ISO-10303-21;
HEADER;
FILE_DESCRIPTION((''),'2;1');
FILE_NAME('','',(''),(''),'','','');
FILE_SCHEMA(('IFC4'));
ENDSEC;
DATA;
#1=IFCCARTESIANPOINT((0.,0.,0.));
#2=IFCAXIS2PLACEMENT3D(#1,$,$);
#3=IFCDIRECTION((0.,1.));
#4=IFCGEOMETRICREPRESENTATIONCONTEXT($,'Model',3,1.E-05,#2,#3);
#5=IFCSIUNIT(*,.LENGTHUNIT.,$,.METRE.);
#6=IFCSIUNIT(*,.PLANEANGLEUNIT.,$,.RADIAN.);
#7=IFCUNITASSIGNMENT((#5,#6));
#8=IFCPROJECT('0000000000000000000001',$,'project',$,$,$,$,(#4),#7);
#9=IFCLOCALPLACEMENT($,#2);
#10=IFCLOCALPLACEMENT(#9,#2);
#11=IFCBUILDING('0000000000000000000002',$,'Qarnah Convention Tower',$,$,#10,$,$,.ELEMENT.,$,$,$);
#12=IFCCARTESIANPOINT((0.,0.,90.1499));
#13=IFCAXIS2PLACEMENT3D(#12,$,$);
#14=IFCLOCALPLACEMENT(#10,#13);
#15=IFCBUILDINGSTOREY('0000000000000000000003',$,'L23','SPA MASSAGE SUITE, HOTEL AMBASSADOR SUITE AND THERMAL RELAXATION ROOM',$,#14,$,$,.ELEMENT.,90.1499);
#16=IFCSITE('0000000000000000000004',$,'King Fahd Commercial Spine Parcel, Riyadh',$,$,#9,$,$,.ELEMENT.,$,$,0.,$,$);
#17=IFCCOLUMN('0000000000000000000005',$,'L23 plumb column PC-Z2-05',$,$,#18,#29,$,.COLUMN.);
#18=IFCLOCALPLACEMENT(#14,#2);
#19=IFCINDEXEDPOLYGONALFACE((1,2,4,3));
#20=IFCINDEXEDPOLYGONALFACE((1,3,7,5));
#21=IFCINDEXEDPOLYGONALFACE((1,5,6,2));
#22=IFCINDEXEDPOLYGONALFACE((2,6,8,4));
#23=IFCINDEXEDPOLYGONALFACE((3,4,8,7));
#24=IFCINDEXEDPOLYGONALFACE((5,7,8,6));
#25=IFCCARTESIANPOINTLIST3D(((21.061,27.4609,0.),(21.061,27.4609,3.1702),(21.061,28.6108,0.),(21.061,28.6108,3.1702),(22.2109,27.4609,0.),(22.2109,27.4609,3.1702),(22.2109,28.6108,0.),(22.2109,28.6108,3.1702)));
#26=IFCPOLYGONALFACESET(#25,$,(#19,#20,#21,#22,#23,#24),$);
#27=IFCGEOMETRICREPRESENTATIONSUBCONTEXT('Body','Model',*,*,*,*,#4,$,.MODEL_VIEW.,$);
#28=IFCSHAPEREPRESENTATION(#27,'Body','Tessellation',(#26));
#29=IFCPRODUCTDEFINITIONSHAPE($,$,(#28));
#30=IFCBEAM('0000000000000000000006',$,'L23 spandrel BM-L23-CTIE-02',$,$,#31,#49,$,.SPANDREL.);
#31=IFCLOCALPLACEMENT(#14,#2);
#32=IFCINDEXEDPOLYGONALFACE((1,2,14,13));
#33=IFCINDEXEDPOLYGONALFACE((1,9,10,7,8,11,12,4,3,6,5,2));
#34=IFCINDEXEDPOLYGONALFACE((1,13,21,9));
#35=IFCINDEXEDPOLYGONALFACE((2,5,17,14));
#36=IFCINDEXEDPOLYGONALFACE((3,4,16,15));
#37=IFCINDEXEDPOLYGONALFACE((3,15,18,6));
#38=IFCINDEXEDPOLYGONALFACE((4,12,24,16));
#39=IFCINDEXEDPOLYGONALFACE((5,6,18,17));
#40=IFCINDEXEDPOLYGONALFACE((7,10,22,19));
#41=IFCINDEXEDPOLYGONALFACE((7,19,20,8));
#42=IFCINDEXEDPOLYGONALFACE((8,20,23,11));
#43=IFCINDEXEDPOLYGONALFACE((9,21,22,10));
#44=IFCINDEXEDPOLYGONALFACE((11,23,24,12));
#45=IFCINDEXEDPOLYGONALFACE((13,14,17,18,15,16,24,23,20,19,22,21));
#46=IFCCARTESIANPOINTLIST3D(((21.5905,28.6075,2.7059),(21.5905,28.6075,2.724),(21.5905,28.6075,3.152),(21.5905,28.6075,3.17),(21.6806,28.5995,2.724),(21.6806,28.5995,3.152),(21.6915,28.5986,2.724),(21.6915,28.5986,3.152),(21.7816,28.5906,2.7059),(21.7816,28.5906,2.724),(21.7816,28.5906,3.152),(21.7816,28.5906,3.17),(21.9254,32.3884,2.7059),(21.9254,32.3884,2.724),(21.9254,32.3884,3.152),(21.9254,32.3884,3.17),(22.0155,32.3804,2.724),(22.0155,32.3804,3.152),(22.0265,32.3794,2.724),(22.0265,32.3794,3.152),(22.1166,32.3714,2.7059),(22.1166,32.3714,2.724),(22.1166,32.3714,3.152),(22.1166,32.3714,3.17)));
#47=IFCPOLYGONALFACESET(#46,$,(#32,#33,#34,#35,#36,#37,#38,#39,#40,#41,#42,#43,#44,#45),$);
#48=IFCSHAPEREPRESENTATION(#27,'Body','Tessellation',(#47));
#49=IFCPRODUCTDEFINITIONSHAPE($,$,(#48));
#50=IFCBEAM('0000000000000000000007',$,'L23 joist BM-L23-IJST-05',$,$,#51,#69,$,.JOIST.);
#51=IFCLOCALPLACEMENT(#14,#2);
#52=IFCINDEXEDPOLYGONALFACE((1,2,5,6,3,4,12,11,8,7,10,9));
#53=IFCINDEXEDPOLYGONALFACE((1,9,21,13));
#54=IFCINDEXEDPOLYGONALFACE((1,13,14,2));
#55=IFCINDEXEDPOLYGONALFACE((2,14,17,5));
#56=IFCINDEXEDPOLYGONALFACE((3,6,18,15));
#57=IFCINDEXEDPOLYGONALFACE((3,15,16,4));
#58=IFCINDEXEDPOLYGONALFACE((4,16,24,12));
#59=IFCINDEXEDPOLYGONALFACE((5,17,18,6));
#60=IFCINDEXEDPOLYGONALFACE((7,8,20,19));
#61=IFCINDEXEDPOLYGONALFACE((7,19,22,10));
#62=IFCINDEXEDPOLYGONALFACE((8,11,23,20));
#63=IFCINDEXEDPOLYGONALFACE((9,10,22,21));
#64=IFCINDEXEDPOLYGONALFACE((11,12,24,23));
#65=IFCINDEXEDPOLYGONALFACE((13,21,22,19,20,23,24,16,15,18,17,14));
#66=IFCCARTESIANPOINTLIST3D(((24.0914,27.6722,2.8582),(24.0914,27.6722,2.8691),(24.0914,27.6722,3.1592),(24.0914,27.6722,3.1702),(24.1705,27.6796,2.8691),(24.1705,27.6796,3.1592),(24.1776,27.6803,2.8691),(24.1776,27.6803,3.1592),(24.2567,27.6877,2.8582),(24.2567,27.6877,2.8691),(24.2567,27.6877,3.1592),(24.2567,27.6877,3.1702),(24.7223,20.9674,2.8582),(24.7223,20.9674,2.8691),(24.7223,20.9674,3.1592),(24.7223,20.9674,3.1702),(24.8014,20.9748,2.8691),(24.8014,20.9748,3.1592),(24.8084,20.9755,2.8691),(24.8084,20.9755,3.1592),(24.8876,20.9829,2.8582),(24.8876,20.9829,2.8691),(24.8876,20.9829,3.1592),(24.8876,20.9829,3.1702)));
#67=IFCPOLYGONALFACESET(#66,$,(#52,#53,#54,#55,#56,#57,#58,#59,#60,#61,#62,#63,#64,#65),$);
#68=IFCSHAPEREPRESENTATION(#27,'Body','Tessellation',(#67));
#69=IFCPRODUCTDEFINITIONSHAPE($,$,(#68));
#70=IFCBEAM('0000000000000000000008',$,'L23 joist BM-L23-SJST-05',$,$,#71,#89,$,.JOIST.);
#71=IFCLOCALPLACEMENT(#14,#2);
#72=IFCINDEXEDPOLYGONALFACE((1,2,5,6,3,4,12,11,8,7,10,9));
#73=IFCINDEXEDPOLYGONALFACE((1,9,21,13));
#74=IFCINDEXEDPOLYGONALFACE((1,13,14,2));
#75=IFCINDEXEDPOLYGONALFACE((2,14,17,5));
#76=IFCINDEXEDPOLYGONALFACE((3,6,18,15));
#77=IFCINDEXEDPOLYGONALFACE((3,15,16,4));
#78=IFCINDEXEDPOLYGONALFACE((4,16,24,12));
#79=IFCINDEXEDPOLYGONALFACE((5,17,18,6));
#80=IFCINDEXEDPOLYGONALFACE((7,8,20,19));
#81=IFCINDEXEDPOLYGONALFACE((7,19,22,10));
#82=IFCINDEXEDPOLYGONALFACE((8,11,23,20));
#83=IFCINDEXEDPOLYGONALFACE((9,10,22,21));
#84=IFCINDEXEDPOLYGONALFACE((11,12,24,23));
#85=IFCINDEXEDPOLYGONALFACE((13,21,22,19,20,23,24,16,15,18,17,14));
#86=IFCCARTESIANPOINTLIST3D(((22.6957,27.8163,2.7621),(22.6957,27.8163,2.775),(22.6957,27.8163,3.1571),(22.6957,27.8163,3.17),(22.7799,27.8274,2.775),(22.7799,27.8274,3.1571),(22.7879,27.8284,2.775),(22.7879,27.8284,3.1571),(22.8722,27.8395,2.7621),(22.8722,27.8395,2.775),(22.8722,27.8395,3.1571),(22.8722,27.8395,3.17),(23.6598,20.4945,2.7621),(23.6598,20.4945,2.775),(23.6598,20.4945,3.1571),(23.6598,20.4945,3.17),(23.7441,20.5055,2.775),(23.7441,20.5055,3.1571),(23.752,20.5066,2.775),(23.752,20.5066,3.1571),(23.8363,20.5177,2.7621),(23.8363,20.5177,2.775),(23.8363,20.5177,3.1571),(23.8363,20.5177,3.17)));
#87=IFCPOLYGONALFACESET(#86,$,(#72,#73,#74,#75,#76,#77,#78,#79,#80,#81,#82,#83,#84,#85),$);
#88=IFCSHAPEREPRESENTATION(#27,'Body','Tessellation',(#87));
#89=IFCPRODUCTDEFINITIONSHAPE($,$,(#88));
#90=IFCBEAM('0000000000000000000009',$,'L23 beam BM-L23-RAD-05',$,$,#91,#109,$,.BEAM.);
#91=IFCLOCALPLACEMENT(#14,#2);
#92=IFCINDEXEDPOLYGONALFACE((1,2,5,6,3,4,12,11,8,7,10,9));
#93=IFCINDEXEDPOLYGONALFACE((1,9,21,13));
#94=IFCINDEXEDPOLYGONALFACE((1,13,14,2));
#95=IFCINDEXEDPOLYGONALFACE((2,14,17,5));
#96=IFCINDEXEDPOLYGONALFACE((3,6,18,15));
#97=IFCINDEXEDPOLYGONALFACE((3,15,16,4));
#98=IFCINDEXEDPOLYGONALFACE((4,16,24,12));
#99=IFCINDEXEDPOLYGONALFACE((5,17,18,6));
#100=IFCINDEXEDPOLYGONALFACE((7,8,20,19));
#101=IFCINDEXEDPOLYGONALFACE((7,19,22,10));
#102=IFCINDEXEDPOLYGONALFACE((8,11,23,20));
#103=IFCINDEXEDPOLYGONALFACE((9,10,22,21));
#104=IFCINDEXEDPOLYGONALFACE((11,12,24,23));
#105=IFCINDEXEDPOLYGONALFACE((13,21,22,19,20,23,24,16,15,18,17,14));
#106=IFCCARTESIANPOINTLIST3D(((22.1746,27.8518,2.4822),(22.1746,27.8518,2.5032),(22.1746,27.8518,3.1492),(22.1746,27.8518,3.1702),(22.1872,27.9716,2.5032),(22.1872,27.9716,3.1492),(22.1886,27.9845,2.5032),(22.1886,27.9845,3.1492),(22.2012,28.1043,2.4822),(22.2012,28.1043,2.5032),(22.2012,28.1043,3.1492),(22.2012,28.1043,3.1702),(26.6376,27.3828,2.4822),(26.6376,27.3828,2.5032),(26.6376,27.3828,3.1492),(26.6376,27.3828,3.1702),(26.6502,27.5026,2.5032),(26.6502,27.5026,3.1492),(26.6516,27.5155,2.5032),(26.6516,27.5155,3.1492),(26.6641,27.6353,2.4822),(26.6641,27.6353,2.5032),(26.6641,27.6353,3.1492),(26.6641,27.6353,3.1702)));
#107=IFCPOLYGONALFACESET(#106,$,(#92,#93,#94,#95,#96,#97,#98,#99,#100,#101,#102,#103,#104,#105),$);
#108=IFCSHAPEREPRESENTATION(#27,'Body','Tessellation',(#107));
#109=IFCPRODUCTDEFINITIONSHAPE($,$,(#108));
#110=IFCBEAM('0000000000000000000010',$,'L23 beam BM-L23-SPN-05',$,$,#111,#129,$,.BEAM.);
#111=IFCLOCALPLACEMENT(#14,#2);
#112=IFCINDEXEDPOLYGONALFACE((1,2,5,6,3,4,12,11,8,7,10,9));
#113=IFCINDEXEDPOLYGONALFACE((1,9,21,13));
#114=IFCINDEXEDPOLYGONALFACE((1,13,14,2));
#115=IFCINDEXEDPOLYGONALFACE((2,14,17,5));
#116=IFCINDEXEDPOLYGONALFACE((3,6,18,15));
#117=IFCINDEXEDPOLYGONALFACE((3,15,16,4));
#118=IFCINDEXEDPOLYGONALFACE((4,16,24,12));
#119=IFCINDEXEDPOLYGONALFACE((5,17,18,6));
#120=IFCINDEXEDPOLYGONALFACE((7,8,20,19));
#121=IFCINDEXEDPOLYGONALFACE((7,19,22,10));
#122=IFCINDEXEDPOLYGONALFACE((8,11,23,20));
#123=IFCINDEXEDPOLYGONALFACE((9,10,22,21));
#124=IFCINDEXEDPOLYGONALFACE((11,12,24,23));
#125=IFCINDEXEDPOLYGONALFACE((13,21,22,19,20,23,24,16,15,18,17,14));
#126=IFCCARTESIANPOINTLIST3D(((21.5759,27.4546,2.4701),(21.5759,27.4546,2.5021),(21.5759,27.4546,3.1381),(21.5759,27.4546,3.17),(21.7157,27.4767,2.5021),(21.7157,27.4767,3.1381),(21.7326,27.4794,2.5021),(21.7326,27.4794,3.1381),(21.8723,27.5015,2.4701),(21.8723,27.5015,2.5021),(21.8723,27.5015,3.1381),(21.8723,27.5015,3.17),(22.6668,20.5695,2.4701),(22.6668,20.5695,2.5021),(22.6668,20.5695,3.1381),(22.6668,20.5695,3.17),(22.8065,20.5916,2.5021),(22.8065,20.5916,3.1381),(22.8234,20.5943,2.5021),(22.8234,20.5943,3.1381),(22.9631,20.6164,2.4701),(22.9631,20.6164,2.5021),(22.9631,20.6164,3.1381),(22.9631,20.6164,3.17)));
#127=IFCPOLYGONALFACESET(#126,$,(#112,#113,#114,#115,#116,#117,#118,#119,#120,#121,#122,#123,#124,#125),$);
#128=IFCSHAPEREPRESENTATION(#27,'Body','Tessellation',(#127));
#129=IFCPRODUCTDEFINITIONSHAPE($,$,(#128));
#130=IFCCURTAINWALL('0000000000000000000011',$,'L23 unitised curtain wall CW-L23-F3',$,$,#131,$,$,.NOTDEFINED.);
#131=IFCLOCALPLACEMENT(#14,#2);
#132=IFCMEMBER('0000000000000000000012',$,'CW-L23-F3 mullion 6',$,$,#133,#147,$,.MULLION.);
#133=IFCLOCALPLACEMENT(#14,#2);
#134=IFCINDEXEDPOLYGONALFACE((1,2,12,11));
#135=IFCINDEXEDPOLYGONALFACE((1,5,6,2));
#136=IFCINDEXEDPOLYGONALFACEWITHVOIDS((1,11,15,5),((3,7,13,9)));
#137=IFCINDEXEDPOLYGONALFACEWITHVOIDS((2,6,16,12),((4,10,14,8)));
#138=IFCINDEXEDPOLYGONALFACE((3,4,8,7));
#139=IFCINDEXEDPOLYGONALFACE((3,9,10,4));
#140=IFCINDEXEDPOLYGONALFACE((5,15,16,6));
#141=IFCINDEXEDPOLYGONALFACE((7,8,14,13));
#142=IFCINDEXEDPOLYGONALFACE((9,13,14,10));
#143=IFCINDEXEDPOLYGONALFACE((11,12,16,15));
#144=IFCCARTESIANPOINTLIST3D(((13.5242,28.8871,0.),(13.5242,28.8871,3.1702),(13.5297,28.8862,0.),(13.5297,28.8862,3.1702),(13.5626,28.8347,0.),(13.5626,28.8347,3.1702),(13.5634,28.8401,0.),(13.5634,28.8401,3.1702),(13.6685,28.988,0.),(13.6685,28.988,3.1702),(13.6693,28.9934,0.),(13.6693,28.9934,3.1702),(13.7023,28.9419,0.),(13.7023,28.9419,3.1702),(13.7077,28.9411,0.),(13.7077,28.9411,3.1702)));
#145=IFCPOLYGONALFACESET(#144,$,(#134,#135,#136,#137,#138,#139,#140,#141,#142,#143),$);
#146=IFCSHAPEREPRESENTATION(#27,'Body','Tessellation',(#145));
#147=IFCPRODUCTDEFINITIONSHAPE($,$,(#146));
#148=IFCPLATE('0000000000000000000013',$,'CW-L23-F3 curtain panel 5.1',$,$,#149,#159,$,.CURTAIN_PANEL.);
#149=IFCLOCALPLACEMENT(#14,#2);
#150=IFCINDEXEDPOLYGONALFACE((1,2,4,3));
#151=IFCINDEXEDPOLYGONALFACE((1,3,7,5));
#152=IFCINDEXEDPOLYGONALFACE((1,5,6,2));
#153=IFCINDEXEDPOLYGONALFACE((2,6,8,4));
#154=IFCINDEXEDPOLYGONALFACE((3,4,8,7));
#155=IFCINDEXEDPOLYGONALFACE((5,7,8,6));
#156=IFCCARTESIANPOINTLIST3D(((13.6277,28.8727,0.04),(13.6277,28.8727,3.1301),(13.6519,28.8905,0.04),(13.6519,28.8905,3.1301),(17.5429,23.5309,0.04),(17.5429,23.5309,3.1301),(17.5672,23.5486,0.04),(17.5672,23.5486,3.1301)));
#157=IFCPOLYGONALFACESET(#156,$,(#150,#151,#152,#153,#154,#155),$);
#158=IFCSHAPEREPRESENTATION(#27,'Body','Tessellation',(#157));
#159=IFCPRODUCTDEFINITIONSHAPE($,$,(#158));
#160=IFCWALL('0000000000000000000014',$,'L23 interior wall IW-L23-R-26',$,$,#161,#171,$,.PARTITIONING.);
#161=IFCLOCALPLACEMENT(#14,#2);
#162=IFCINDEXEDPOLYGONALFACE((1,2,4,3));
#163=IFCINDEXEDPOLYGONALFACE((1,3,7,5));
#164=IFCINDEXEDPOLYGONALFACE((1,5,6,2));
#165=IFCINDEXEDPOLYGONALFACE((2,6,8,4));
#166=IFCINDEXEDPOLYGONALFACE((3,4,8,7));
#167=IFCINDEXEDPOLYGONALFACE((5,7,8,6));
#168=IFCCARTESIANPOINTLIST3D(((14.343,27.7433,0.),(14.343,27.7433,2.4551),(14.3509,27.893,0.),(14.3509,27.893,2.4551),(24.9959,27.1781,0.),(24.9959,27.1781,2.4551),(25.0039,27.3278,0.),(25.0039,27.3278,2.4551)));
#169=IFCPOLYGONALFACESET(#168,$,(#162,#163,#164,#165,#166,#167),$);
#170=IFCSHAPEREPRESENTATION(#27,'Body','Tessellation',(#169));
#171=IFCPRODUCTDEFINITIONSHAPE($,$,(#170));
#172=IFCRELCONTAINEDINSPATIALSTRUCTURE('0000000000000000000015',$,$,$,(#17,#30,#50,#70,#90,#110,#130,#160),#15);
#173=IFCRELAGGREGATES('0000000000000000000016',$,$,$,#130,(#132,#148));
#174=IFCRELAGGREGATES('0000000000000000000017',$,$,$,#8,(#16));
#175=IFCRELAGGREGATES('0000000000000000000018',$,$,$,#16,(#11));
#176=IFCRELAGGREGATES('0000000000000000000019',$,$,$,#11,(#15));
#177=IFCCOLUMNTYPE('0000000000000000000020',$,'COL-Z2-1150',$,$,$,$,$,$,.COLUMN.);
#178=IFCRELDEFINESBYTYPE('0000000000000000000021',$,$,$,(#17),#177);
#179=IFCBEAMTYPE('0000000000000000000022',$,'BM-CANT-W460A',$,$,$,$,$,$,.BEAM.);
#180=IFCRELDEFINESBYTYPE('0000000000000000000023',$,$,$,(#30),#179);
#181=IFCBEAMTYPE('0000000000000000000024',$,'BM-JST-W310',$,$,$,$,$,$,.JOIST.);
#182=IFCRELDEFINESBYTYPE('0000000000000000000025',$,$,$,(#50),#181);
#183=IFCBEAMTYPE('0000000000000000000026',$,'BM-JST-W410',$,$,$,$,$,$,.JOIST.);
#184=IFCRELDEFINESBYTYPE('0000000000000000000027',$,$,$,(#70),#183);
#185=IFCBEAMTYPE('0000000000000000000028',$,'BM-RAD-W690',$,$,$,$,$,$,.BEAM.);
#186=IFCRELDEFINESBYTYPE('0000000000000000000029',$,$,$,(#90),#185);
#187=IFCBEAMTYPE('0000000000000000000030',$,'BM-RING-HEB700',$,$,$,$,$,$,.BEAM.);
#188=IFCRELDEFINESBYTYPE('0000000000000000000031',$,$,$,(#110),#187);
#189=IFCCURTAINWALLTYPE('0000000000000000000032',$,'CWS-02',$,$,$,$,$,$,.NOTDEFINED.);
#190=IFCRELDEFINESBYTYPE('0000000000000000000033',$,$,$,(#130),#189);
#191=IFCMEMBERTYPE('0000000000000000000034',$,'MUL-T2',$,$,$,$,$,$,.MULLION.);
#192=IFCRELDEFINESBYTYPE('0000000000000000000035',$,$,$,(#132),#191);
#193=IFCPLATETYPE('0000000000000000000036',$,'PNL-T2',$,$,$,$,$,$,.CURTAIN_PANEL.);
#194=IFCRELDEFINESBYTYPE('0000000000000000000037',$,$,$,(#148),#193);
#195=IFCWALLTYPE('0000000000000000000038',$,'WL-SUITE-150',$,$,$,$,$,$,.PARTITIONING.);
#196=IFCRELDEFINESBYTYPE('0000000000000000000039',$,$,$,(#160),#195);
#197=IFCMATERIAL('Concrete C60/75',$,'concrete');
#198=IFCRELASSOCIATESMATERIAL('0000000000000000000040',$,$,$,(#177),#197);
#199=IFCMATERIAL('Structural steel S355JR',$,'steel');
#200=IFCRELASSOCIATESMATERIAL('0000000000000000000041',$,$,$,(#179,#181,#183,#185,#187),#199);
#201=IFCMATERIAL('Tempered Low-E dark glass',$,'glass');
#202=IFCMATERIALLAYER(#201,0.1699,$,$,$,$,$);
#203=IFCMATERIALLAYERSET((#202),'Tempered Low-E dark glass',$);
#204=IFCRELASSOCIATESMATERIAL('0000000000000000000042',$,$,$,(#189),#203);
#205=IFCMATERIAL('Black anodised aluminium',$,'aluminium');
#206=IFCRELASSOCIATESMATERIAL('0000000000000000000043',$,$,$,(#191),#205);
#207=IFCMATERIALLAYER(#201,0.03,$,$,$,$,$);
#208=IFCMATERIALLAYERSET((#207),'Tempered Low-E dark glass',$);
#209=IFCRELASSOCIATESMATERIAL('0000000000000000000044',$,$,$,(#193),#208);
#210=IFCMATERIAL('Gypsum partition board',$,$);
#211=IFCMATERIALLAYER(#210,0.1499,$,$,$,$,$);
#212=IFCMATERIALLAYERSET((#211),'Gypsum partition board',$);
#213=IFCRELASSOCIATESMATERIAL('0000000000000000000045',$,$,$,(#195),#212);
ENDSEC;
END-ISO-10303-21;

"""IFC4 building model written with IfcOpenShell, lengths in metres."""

from ifc_helpers import new_model, si_unit, direction, frame, frame_2d, origin, origin_2d, place, context, subcontext, project, spatial, rectangle, hollow_rectangle, i_section, extrude, material, layer, layer_set, material_profile, profile_set, type_object, element, aggregate, save


model = new_model("IFC4")

# Units and contexts
model_context = context("Model", 3, precision=1e-05, world=origin(), true_north=direction((0.0, 1.0)))
body_context = subcontext(model_context, "Body", "Model", "MODEL_VIEW")
ifc_project = project(units=[si_unit("LENGTHUNIT", "METRE"), si_unit("PLANEANGLEUNIT", "RADIAN")], contexts=[model_context])

# Site, building, storey
site_placement = place(None, origin())
site = spatial("IfcSite", under=ifc_project, at=site_placement, Name="King Fahd Commercial Spine Parcel, Riyadh", CompositionType="ELEMENT", RefElevation=0.0)
building_placement = place(site_placement, origin())
building = spatial("IfcBuilding", under=site, at=building_placement, Name="Qarnah Convention Tower", CompositionType="ELEMENT")
storey_placement = place(building_placement, frame((0.0, 0.0, 90.1499)))
storey = spatial("IfcBuildingStorey", under=building, at=storey_placement, Name="L23", Description="SPA MASSAGE SUITE, HOTEL AMBASSADOR SUITE AND THERMAL RELAXATION ROOM", CompositionType="ELEMENT", Elevation=90.1499)

# Column
ifc_material_1 = material(Name="Concrete C60/75", Category="concrete")
ifc_material_profile_1 = material_profile(ifc_material_1, rectangle(XDim=1.1499, YDim=1.1499, at=origin_2d()), Name="RC-COL-1150X1150")
ifc_profile_set_1 = profile_set([ifc_material_profile_1], Name="Concrete C60/75")
column_type = type_object("IfcColumnType", Name="COL-Z2-1150", PredefinedType="COLUMN", material=ifc_profile_set_1)
column_placement = place(storey_placement, frame((21.636, 28.0359, 0.0), z_axis=(0.0, 0.0, 1.0), x_axis=(1.0, 0.0, 0.0)))
element("IfcColumn", 1, at=column_placement, inside=storey, type_object=column_type, Name="L23 plumb column PC-Z2-05", PredefinedType="COLUMN", context=body_context, shape_type="SweptSolid", body=[
    extrude(rectangle(XDim=1.1499, YDim=1.1499, at=origin_2d()), origin(), (0.0, 0.0, 1.0), 3.1702),
])

# Beams
ifc_material_2 = material(Name="Structural steel S355JR", Category="steel")
ifc_material_profile_2 = material_profile(ifc_material_2, i_section(OverallWidth=0.1919, OverallDepth=0.4641, WebThickness=0.011, FlangeThickness=0.0181, at=origin_2d()), Name="W460X89")
ifc_profile_set_2 = profile_set([ifc_material_profile_2], Name="Structural steel S355JR")
beam_type_1 = type_object("IfcBeamType", Name="BM-CANT-W460A", PredefinedType="BEAM", material=ifc_profile_set_2)
beam_1_placement = place(storey_placement, frame((22.021, 32.3799, 2.938), z_axis=(-0.08825, -0.996098, 0.0), x_axis=(0.996098, -0.08825, 0.0)))
element("IfcBeam", 2, at=beam_1_placement, inside=storey, type_object=beam_type_1, Name="L23 spandrel BM-L23-CTIE-02", PredefinedType="SPANDREL", context=body_context, shape_type="SweptSolid", body=[
    extrude(i_section(OverallWidth=0.1919, OverallDepth=0.4641, WebThickness=0.011, FlangeThickness=0.0181, at=origin_2d()), origin(), (0.0, 0.0, 1.0), 3.7957),
])
ifc_material_profile_3 = material_profile(ifc_material_2, i_section(OverallWidth=0.166, OverallDepth=0.312, WebThickness=0.0071, FlangeThickness=0.011, at=origin_2d()), Name="W310X45")
ifc_profile_set_3 = profile_set([ifc_material_profile_3], Name="Structural steel S355JR")
beam_type_2 = type_object("IfcBeamType", Name="BM-JST-W310", PredefinedType="JOIST", material=ifc_profile_set_3)
beam_2_placement = place(storey_placement, frame((24.1741, 27.6799, 3.0142), z_axis=(0.093676, -0.995603, 0.0), x_axis=(0.995603, 0.093676, 0.0)))
element("IfcBeam", 3, at=beam_2_placement, inside=storey, type_object=beam_type_2, Name="L23 joist BM-L23-IJST-05", PredefinedType="JOIST", context=body_context, shape_type="SweptSolid", body=[
    extrude(i_section(OverallWidth=0.166, OverallDepth=0.312, WebThickness=0.0071, FlangeThickness=0.011, at=origin_2d()), origin(), (0.0, 0.0, 1.0), 6.7344),
])
ifc_material_profile_4 = material_profile(ifc_material_2, i_section(OverallWidth=0.178, OverallDepth=0.408, WebThickness=0.0081, FlangeThickness=0.0129, at=origin_2d()), Name="W410X60")
ifc_profile_set_4 = profile_set([ifc_material_profile_4], Name="Structural steel S355JR")
beam_type_3 = type_object("IfcBeamType", Name="BM-JST-W410", PredefinedType="JOIST", material=ifc_profile_set_4)
beam_3_placement = place(storey_placement, frame((22.7839, 27.8279, 2.9661), z_axis=(0.13055, -0.991442, 0.0), x_axis=(0.991442, 0.13055, 0.0)))
element("IfcBeam", 4, at=beam_3_placement, inside=storey, type_object=beam_type_3, Name="L23 joist BM-L23-SJST-05", PredefinedType="JOIST", context=body_context, shape_type="SweptSolid", body=[
    extrude(i_section(OverallWidth=0.178, OverallDepth=0.408, WebThickness=0.0081, FlangeThickness=0.0129, at=origin_2d()), origin(), (0.0, 0.0, 1.0), 7.385),
])
ifc_material_profile_5 = material_profile(ifc_material_2, i_section(OverallWidth=0.2539, OverallDepth=0.688, WebThickness=0.0129, FlangeThickness=0.021, at=origin_2d()), Name="W690X152")
ifc_profile_set_5 = profile_set([ifc_material_profile_5], Name="Structural steel S355JR")
beam_type_4 = type_object("IfcBeamType", Name="BM-RAD-W690", PredefinedType="BEAM", material=ifc_profile_set_5)
beam_4_placement = place(storey_placement, frame((26.6509, 27.509, 2.8262), z_axis=(-0.994524, 0.104512, 0.0), x_axis=(-0.104512, -0.994524, 0.0)))
element("IfcBeam", 5, at=beam_4_placement, inside=storey, type_object=beam_type_4, Name="L23 beam BM-L23-RAD-05", PredefinedType="BEAM", context=body_context, shape_type="SweptSolid", body=[
    extrude(i_section(OverallWidth=0.2539, OverallDepth=0.688, WebThickness=0.0129, FlangeThickness=0.021, at=origin_2d()), origin(), (0.0, 0.0, 1.0), 4.4875),
])
ifc_material_profile_6 = material_profile(ifc_material_2, i_section(OverallWidth=0.3, OverallDepth=0.7, WebThickness=0.0171, FlangeThickness=0.032, at=origin_2d()), Name="HEB700")
ifc_profile_set_6 = profile_set([ifc_material_profile_6], Name="Structural steel S355JR")
beam_type_5 = type_object("IfcBeamType", Name="BM-RING-HEB700", PredefinedType="BEAM", material=ifc_profile_set_6)
beam_5_placement = place(storey_placement, frame((21.7241, 27.478, 2.8201), z_axis=(0.156482, -0.987681, 0.0), x_axis=(0.987681, 0.156482, 0.0)))
element("IfcBeam", 6, at=beam_5_placement, inside=storey, type_object=beam_type_5, Name="L23 beam BM-L23-SPN-05", PredefinedType="BEAM", context=body_context, shape_type="SweptSolid", body=[
    extrude(i_section(OverallWidth=0.3, OverallDepth=0.7, WebThickness=0.0171, FlangeThickness=0.032, at=origin_2d()), origin(), (0.0, 0.0, 1.0), 6.9709),
])

# Curtain wall, member, plate
ifc_material_3 = material(Name="Tempered Low-E dark glass", Category="glass")
ifc_layer_1 = layer(ifc_material_3, 0.1699)
ifc_layer_set_1 = layer_set([ifc_layer_1], Name="Tempered Low-E dark glass")
curtain_wall_type = type_object("IfcCurtainWallType", Name="CWS-02", PredefinedType="NOTDEFINED", material=ifc_layer_set_1)
curtain_wall_placement = place(storey_placement, origin())
curtain_wall = element("IfcCurtainWall", 7, at=curtain_wall_placement, inside=storey, type_object=curtain_wall_type, Name="L23 unitised curtain wall CW-L23-F3", PredefinedType="NOTDEFINED")
ifc_material_4 = material(Name="Black anodised aluminium", Category="aluminium")
ifc_material_profile_7 = material_profile(ifc_material_4, hollow_rectangle(XDim=0.0649, YDim=0.1799, WallThickness=0.0039, at=origin_2d()), Name="MUL-65X180")
ifc_profile_set_7 = profile_set([ifc_material_profile_7], Name="Black anodised aluminium")
member_type = type_object("IfcMemberType", Name="MUL-T2", PredefinedType="MULLION", material=ifc_profile_set_7)
member_placement = place(storey_placement, frame((13.616, 28.9141, 0.0), z_axis=(0.0, 0.0, 1.0), x_axis=(-0.591161, 0.806554, 0.0)))
member = element("IfcMember", 8, at=member_placement, type_object=member_type, Name="CW-L23-F3 mullion 6", PredefinedType="MULLION", context=body_context, shape_type="SweptSolid", body=[
    extrude(hollow_rectangle(XDim=0.0649, YDim=0.1799, WallThickness=0.0039, at=origin_2d()), origin(), (0.0, 0.0, 1.0), 3.1702),
])
ifc_layer_2 = layer(ifc_material_3, 0.03)
ifc_layer_set_2 = layer_set([ifc_layer_2], Name="Tempered Low-E dark glass")
plate_type = type_object("IfcPlateType", Name="PNL-T2", PredefinedType="CURTAIN_PANEL", material=ifc_layer_set_2)
plate_placement = place(storey_placement, frame((15.5974, 26.2107, 0.04), z_axis=(0.0, 0.0, 1.0), x_axis=(-0.591161, 0.806554, 0.0)))
plate = element("IfcPlate", 9, at=plate_placement, type_object=plate_type, Name="CW-L23-F3 curtain panel 5.1", PredefinedType="CURTAIN_PANEL", context=body_context, shape_type="SweptSolid", body=[
    extrude(rectangle(XDim=6.623, YDim=0.03, at=origin_2d()), origin(), (0.0, 0.0, 1.0), 3.0901),
])
aggregate(curtain_wall, [member, plate])

# Wall
ifc_material_5 = material(Name="Gypsum partition board")
ifc_layer_3 = layer(ifc_material_5, 0.1499)
ifc_layer_set_3 = layer_set([ifc_layer_3], Name="Gypsum partition board")
wall_type_1 = type_object("IfcWallType", Name="WL-SUITE-150", PredefinedType="PARTITIONING", material=ifc_layer_set_3)
wall_1_placement = place(storey_placement, frame((14.3469, 27.8181, 0.0), z_axis=(0.0, 0.0, 1.0), x_axis=(0.998596, -0.052979, 0.0)))
element("IfcWall", 10, at=wall_1_placement, inside=storey, type_object=wall_type_1, Name="L23 interior wall IW-L23-R-26", PredefinedType="PARTITIONING", context=body_context, shape_type="SweptSolid", body=[
    extrude(rectangle(XDim=10.668, YDim=0.1499, at=frame_2d((5.334, 0.0))), origin(), (0.0, 0.0, 1.0), 2.4551),
])

save(model, "model.ifc")
